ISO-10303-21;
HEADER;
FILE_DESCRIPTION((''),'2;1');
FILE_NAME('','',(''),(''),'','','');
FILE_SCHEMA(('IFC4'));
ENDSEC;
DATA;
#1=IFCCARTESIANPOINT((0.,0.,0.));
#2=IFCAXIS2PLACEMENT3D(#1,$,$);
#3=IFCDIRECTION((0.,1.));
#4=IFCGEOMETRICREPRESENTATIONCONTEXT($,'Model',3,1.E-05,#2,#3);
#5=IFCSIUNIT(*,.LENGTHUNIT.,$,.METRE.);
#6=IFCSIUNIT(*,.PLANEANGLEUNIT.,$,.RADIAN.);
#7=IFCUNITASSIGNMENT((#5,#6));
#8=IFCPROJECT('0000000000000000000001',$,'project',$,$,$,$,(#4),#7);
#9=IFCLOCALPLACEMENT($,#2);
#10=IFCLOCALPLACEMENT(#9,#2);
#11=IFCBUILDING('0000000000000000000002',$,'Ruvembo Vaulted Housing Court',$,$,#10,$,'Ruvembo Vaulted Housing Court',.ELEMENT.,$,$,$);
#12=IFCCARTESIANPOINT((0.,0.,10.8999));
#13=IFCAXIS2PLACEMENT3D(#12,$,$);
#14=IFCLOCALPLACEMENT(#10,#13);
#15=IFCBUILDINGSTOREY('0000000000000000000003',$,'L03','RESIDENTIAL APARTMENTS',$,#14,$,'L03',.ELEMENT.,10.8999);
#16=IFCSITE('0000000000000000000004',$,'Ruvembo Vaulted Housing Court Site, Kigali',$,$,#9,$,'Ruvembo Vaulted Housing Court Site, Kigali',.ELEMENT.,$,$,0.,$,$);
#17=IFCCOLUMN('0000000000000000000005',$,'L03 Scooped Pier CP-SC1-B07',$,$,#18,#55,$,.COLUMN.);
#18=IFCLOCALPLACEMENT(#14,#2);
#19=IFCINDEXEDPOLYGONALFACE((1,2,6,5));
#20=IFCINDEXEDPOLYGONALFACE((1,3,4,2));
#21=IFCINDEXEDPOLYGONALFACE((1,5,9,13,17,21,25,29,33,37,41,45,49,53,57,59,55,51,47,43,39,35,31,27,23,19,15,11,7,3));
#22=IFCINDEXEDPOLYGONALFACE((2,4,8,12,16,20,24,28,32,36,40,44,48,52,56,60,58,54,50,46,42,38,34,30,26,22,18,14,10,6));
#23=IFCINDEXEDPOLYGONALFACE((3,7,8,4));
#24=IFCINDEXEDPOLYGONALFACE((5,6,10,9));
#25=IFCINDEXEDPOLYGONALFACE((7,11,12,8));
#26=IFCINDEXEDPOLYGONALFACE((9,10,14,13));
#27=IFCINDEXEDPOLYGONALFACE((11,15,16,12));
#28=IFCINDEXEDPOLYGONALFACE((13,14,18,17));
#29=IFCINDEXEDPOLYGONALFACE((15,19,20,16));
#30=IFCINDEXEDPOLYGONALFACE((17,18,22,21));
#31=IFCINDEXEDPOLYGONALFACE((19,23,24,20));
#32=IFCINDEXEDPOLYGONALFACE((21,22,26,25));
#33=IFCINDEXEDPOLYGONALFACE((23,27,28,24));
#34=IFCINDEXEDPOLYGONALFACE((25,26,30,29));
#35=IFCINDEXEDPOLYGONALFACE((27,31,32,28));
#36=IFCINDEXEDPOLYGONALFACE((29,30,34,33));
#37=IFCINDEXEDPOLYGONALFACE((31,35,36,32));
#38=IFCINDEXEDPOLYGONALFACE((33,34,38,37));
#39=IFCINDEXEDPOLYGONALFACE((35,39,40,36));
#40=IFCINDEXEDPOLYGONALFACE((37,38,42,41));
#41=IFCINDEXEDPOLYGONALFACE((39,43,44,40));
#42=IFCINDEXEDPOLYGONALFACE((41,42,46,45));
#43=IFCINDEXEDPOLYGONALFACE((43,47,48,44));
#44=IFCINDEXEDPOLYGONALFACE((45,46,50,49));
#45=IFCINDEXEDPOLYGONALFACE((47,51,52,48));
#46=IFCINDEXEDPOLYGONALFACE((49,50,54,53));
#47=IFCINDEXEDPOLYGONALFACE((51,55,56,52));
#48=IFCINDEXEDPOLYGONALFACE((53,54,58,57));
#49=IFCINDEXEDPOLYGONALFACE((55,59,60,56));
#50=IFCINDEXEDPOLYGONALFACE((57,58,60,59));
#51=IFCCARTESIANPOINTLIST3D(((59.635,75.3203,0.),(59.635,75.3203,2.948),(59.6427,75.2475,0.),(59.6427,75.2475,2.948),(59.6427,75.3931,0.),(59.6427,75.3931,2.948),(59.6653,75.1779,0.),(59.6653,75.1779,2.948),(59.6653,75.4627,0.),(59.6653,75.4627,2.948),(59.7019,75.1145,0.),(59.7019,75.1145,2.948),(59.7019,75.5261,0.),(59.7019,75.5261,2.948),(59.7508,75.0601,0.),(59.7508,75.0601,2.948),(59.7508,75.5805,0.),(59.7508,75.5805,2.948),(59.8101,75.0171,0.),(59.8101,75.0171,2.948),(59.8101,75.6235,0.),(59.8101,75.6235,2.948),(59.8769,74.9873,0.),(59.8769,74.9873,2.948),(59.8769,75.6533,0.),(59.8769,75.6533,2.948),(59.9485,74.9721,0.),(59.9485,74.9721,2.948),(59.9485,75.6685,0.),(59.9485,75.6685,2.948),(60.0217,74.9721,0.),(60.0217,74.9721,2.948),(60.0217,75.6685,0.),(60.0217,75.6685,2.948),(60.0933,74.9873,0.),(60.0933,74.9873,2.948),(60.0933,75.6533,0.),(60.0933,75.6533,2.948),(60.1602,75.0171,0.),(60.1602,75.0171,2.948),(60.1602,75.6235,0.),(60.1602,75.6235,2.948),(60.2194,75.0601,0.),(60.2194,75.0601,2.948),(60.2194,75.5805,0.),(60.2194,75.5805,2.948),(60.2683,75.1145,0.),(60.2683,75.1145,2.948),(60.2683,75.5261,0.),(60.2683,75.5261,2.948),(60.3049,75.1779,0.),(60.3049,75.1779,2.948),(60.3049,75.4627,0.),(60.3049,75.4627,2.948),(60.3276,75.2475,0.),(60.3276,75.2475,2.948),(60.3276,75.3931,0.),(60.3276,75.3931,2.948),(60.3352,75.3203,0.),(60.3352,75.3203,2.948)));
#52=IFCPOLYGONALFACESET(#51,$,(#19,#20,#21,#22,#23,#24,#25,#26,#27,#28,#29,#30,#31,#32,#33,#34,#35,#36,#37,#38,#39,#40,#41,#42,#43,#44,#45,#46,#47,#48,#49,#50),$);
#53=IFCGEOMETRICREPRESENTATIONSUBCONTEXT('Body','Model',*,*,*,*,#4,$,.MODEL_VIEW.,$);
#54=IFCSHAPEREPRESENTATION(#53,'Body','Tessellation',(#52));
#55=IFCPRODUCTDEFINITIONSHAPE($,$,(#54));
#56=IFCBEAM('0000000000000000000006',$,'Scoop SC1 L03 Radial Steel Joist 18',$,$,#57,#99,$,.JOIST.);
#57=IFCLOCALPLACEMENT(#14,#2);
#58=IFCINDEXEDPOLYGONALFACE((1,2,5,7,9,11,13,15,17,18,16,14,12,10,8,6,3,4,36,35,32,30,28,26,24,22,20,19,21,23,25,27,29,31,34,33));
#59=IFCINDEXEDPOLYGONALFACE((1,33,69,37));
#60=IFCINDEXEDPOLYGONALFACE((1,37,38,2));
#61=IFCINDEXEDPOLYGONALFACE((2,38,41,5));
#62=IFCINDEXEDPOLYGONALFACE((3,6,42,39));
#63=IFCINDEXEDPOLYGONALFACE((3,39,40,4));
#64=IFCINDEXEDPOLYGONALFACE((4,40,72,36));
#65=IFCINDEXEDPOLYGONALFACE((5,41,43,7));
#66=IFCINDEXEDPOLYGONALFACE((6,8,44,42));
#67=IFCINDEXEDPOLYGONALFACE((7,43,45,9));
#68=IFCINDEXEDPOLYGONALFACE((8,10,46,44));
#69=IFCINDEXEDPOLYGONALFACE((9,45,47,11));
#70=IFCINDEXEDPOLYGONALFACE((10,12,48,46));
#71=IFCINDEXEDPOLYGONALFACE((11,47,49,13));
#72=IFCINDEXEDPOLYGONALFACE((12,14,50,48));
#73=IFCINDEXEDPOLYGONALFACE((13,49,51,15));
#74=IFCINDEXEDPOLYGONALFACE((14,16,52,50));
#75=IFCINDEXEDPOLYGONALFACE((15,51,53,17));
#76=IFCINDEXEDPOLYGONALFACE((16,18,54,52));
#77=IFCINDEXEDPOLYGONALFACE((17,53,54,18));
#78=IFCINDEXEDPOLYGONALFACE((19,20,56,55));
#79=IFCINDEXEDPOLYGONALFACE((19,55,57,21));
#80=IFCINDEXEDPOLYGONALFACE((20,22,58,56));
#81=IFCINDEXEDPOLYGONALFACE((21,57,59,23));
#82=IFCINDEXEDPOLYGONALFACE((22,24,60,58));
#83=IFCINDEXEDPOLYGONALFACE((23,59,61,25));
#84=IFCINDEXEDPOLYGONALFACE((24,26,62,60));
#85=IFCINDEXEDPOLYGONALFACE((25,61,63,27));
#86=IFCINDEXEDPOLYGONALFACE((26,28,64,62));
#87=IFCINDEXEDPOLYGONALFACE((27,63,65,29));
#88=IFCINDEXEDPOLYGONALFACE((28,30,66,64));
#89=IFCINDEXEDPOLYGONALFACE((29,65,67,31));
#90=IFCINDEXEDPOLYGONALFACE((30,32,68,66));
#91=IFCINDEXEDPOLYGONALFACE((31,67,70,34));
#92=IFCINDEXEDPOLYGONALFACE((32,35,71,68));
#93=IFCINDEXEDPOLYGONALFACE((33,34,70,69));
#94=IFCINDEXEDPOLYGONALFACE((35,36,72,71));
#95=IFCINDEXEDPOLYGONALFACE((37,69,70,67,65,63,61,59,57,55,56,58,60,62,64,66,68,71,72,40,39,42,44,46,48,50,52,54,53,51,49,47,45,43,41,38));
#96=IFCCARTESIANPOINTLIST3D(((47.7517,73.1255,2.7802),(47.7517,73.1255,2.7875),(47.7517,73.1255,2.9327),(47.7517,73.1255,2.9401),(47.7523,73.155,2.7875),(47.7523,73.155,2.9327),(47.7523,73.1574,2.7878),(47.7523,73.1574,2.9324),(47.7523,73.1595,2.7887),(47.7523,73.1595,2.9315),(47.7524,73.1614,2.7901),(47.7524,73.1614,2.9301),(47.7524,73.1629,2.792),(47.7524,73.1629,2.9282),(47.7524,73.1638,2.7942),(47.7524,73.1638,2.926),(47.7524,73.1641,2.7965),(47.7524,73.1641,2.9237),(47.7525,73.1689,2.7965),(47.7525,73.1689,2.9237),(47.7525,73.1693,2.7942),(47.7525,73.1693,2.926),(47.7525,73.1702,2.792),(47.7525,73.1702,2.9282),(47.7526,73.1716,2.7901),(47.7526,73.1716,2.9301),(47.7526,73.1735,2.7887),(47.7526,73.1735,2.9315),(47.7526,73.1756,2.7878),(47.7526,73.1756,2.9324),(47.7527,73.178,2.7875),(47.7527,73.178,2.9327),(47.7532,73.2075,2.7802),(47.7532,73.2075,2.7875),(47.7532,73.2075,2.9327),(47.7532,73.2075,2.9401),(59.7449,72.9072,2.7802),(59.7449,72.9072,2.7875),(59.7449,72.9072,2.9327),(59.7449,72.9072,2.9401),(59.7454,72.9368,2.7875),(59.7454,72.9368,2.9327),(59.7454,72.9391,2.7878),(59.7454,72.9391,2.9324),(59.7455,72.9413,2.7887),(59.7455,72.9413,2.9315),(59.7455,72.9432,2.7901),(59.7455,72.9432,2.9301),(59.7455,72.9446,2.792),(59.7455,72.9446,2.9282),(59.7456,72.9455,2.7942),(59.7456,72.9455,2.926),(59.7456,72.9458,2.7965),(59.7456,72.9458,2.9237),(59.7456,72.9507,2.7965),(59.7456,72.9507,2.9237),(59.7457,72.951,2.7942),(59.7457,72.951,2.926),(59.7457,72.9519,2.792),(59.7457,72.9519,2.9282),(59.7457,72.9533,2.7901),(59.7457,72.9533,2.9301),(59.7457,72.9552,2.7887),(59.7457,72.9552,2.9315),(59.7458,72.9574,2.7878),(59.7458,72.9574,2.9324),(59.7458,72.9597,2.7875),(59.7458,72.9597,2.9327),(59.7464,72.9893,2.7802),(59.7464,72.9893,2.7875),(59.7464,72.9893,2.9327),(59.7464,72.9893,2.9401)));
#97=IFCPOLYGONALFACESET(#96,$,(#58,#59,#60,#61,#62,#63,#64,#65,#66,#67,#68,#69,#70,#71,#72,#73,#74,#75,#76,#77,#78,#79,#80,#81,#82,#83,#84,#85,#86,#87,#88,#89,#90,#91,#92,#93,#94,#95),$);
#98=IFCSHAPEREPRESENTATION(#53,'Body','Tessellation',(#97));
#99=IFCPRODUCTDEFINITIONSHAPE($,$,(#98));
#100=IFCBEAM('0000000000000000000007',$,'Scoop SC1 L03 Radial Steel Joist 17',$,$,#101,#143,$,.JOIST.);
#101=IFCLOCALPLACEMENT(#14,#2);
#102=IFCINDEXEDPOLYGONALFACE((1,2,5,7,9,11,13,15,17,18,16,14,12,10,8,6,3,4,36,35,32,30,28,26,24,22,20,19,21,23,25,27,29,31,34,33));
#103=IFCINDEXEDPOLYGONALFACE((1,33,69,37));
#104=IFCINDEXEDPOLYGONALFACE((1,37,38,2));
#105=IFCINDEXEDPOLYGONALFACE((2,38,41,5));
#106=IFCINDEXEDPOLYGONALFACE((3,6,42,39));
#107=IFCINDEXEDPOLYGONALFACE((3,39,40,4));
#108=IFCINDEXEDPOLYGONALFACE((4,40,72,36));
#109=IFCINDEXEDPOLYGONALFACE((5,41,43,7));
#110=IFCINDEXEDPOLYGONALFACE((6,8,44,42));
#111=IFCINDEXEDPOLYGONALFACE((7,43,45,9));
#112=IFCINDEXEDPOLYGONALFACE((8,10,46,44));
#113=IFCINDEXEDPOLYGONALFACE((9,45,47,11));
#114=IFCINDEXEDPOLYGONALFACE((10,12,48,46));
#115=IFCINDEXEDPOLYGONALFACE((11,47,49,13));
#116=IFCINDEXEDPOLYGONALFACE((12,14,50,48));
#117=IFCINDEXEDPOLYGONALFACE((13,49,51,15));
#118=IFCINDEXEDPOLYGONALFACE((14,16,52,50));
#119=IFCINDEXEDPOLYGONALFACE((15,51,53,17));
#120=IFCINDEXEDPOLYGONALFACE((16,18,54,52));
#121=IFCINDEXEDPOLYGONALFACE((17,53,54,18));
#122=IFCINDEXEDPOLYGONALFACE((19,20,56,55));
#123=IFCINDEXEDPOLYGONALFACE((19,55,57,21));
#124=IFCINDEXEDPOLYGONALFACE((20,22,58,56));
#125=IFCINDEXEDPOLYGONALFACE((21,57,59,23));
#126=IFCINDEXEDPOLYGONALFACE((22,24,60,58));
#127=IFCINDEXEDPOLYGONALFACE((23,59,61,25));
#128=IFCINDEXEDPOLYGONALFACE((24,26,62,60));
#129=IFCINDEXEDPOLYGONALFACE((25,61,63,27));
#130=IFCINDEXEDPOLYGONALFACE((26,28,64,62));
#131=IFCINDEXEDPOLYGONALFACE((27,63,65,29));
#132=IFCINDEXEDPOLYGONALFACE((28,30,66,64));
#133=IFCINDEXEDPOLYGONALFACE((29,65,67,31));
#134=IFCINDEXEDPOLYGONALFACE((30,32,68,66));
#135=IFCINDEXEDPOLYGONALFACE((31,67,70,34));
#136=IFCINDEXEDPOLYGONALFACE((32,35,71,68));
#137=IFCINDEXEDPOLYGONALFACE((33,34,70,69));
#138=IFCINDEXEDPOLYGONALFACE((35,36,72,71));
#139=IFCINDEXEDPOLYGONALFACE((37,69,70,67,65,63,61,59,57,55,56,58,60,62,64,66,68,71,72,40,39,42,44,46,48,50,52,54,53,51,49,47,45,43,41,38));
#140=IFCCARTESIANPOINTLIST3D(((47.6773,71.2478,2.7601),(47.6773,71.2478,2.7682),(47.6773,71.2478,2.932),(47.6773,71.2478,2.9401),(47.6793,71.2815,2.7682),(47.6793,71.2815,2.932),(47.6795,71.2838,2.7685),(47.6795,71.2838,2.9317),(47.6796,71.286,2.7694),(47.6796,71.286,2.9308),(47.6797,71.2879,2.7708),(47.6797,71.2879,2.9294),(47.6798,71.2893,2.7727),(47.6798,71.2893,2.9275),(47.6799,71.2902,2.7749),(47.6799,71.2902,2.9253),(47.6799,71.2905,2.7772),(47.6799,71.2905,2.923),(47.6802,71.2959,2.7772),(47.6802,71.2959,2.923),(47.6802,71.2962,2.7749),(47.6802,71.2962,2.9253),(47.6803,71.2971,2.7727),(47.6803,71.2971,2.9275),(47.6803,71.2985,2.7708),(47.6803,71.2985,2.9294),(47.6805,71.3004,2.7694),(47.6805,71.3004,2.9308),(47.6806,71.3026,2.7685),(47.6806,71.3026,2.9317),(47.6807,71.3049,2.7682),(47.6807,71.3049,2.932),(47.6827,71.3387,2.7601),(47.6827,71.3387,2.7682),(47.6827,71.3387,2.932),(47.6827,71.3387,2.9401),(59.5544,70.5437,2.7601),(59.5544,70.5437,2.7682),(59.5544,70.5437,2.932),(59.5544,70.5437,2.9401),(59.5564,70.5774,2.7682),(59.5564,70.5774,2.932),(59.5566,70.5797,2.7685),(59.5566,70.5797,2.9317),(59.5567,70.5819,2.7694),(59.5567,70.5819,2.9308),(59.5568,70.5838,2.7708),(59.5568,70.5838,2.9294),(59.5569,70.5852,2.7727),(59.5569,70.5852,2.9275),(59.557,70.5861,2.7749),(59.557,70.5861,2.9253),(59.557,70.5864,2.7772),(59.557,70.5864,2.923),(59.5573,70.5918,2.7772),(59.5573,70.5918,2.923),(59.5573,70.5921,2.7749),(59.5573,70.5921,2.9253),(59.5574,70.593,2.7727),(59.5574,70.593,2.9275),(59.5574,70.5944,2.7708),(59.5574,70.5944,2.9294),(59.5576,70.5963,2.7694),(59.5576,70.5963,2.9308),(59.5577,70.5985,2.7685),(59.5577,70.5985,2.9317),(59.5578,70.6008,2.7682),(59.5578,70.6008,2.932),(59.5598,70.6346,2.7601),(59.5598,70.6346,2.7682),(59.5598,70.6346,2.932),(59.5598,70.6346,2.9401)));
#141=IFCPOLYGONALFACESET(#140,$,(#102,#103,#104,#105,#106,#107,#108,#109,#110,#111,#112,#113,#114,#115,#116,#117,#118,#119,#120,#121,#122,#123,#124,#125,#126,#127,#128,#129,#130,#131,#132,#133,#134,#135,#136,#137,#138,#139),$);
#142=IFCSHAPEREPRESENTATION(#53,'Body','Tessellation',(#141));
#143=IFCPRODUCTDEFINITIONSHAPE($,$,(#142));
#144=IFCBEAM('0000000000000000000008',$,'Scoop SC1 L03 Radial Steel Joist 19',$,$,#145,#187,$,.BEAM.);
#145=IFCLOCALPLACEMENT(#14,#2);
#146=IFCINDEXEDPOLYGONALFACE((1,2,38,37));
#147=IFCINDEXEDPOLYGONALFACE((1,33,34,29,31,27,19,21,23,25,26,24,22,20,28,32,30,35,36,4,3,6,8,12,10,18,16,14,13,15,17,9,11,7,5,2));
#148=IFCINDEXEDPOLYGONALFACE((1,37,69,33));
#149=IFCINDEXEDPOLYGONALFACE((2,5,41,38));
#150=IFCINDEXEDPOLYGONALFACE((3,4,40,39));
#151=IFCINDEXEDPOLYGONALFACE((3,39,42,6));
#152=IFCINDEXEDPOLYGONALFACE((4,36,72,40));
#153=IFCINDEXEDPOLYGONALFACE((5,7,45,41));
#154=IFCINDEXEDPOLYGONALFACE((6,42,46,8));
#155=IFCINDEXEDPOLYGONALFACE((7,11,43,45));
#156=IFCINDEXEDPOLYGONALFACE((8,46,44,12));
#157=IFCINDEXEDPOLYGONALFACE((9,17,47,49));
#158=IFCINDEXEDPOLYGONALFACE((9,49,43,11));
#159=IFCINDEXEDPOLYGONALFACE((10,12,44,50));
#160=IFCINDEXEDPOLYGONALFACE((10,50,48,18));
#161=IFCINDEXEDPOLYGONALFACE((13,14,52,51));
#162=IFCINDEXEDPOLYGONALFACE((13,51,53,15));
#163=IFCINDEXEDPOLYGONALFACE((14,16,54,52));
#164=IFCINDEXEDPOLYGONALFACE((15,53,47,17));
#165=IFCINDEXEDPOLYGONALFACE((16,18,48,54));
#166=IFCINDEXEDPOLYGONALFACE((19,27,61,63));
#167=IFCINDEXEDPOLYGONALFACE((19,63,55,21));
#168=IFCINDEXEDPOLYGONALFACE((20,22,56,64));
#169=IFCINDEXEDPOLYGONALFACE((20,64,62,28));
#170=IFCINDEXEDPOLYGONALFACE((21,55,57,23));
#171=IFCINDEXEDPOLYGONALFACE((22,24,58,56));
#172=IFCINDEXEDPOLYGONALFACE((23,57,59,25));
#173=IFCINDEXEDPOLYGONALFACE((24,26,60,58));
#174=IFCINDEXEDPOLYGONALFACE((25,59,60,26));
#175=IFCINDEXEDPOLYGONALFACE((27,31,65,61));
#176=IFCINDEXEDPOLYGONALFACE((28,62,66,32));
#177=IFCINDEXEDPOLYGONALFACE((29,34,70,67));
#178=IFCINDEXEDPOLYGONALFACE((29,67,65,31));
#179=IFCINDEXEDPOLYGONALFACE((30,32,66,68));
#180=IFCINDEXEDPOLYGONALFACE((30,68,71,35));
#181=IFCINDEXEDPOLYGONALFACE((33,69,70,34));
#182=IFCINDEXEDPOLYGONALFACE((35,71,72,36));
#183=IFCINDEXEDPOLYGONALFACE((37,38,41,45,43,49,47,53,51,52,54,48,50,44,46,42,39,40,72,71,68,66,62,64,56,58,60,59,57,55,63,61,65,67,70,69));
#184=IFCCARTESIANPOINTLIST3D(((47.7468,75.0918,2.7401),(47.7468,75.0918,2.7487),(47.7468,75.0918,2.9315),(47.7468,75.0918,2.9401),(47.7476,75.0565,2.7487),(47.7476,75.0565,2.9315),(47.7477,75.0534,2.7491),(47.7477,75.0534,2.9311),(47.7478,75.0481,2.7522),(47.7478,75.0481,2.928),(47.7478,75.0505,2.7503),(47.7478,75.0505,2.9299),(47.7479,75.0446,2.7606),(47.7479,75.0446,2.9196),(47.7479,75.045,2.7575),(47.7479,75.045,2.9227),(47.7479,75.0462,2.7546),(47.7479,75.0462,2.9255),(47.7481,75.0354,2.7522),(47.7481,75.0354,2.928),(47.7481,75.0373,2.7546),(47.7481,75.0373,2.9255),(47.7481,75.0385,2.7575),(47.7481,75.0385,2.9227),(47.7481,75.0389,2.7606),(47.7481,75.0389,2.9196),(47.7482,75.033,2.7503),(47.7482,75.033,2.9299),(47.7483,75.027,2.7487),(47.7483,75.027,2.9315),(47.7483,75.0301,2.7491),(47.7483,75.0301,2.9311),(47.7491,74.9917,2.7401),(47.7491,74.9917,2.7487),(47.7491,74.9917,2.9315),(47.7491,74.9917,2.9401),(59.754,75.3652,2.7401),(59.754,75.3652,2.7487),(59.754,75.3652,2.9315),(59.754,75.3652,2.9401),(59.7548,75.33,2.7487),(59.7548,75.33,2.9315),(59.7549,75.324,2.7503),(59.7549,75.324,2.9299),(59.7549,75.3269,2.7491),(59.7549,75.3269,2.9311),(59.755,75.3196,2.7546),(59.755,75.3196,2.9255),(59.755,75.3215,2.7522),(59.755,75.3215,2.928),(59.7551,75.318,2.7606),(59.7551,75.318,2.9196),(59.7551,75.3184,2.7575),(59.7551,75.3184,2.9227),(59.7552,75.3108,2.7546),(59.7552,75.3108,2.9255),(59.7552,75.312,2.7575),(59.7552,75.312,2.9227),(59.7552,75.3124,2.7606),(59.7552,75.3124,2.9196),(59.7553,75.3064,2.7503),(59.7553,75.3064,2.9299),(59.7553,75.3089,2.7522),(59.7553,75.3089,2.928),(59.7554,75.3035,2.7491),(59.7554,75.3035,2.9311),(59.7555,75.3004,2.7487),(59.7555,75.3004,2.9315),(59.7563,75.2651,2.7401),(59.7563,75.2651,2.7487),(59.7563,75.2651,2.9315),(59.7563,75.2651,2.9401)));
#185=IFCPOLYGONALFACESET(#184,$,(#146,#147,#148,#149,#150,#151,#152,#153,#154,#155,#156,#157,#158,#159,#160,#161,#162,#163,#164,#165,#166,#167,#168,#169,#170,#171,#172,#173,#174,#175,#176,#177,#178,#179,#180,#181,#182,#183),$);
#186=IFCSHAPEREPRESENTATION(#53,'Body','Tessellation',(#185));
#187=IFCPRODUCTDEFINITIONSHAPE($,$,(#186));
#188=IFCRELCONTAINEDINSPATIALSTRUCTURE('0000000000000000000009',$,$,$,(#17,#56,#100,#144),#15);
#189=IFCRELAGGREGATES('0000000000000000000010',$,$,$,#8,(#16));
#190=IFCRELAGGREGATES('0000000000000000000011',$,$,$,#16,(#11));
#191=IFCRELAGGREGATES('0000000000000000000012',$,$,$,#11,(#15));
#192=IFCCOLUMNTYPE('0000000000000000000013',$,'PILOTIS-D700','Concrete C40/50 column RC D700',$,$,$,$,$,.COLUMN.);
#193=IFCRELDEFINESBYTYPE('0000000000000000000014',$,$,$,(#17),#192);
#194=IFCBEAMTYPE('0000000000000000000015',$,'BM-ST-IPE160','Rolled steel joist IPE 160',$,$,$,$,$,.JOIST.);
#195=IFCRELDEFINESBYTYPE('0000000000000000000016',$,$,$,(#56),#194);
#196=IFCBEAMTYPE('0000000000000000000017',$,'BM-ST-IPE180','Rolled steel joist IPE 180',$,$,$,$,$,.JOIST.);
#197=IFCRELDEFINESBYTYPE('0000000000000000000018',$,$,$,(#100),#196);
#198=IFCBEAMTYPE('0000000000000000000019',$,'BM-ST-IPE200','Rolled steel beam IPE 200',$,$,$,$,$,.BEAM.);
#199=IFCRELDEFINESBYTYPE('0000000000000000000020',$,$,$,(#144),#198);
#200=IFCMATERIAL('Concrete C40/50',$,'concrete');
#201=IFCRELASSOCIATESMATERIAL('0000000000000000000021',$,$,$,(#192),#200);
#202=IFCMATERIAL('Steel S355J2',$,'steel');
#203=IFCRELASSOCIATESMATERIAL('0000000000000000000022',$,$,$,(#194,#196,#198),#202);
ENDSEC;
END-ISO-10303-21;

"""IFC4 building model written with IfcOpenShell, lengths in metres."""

from ifc_helpers import new_model, si_unit, direction, frame, origin, origin_2d, place, context, subcontext, project, spatial, circle, i_section, extrude, material, material_profile, profile_set, type_object, element, save


model = new_model("IFC4")

# Units and contexts
model_context = context("Model", 3, precision=1e-05, world=origin(), true_north=direction((0.0, 1.0)))
body_context = subcontext(model_context, "Body", "Model", "MODEL_VIEW")
ifc_project = project(units=[si_unit("LENGTHUNIT", "METRE"), si_unit("PLANEANGLEUNIT", "RADIAN")], contexts=[model_context])

# Site, building, storey
site_placement = place(None, origin())
site = spatial("IfcSite", under=ifc_project, at=site_placement, Name="Ruvembo Vaulted Housing Court Site, Kigali", LongName="Ruvembo Vaulted Housing Court Site, Kigali", CompositionType="ELEMENT", RefElevation=0.0)
building_placement = place(site_placement, origin())
building = spatial("IfcBuilding", under=site, at=building_placement, Name="Ruvembo Vaulted Housing Court", LongName="Ruvembo Vaulted Housing Court", CompositionType="ELEMENT")
storey_placement = place(building_placement, frame((0.0, 0.0, 10.8999)))
storey = spatial("IfcBuildingStorey", under=building, at=storey_placement, Name="L03", Description="RESIDENTIAL APARTMENTS", LongName="L03", CompositionType="ELEMENT", Elevation=10.8999)

# Column
ifc_material_1 = material(Name="Concrete C40/50", Category="concrete")
ifc_material_profile_1 = material_profile(ifc_material_1, circle(Radius=0.3501, at=origin_2d()), Name="RC D700")
ifc_profile_set_1 = profile_set([ifc_material_profile_1], Name="Concrete C40/50")
column_type = type_object("IfcColumnType", Name="PILOTIS-D700", Description="Concrete C40/50 column RC D700", PredefinedType="COLUMN", material=ifc_profile_set_1)
column_placement = place(storey_placement, frame((59.9851, 75.3203, 0.0), z_axis=(0.0, 0.0, 1.0), x_axis=(1.0, 0.0, 0.0)))
element("IfcColumn", 1, at=column_placement, inside=storey, type_object=column_type, Name="L03 Scooped Pier CP-SC1-B07", PredefinedType="COLUMN", context=body_context, shape_type="SweptSolid", body=[
    extrude(circle(Radius=0.3501, at=origin_2d()), origin(), (0.0, 0.0, 1.0), 2.948),
])

# Beams
ifc_material_2 = material(Name="Steel S355J2", Category="steel")
ifc_material_profile_2 = material_profile(ifc_material_2, i_section(OverallWidth=0.082, OverallDepth=0.1599, WebThickness=0.0049, FlangeThickness=0.0073, FilletRadius=0.009, at=origin_2d()), Name="IPE 160")
ifc_profile_set_2 = profile_set([ifc_material_profile_2], Name="Steel S355J2")
beam_type_1 = type_object("IfcBeamType", Name="BM-ST-IPE160", Description="Rolled steel joist IPE 160", PredefinedType="JOIST", material=ifc_profile_set_2)
beam_1_placement = place(storey_placement, frame((59.7456, 72.9482, 2.8601), z_axis=(-0.999834, 0.018196, 0.0), x_axis=(-0.018196, -0.999834, 0.0)))
element("IfcBeam", 2, at=beam_1_placement, inside=storey, type_object=beam_type_1, Name="Scoop SC1 L03 Radial Steel Joist 18", PredefinedType="JOIST", context=body_context, shape_type="SweptSolid", body=[
    extrude(i_section(OverallWidth=0.082, OverallDepth=0.1599, WebThickness=0.0049, FlangeThickness=0.0073, FilletRadius=0.009, at=origin_2d()), origin(), (0.0, 0.0, 1.0), 11.9951),
])
ifc_material_profile_3 = material_profile(ifc_material_2, i_section(OverallWidth=0.0911, OverallDepth=0.1799, WebThickness=0.0054, FlangeThickness=0.0081, FilletRadius=0.009, at=origin_2d()), Name="IPE 180")
ifc_profile_set_3 = profile_set([ifc_material_profile_3], Name="Steel S355J2")
beam_type_2 = type_object("IfcBeamType", Name="BM-ST-IPE180", Description="Rolled steel joist IPE 180", PredefinedType="JOIST", material=ifc_profile_set_3)
beam_2_placement = place(storey_placement, frame((59.5571, 70.5891, 2.8501), z_axis=(-0.998247, 0.059178, 0.0), x_axis=(-0.059178, -0.998247, 0.0)))
element("IfcBeam", 3, at=beam_2_placement, inside=storey, type_object=beam_type_2, Name="Scoop SC1 L03 Radial Steel Joist 17", PredefinedType="JOIST", context=body_context, shape_type="SweptSolid", body=[
    extrude(i_section(OverallWidth=0.0911, OverallDepth=0.1799, WebThickness=0.0054, FlangeThickness=0.0081, FilletRadius=0.009, at=origin_2d()), origin(), (0.0, 0.0, 1.0), 11.8979),
])
ifc_material_profile_4 = material_profile(ifc_material_2, i_section(OverallWidth=0.1001, OverallDepth=0.2, WebThickness=0.0056, FlangeThickness=0.0085, FilletRadius=0.012, at=origin_2d()), Name="IPE 200")
ifc_profile_set_4 = profile_set([ifc_material_profile_4], Name="Steel S355J2")
beam_type_3 = type_object("IfcBeamType", Name="BM-ST-IPE200", Description="Rolled steel beam IPE 200", PredefinedType="BEAM", material=ifc_profile_set_4)
beam_3_placement = place(storey_placement, frame((59.7551, 75.3152, 2.8401), z_axis=(-0.999741, -0.022767, 0.0), x_axis=(0.022767, -0.999741, 0.0)))
element("IfcBeam", 4, at=beam_3_placement, inside=storey, type_object=beam_type_3, Name="Scoop SC1 L03 Radial Steel Joist 19", PredefinedType="BEAM", context=body_context, shape_type="SweptSolid", body=[
    extrude(i_section(OverallWidth=0.1001, OverallDepth=0.2, WebThickness=0.0056, FlangeThickness=0.0085, FilletRadius=0.012, at=origin_2d()), origin(), (0.0, 0.0, 1.0), 12.0103),
])

save(model, "model.ifc")
